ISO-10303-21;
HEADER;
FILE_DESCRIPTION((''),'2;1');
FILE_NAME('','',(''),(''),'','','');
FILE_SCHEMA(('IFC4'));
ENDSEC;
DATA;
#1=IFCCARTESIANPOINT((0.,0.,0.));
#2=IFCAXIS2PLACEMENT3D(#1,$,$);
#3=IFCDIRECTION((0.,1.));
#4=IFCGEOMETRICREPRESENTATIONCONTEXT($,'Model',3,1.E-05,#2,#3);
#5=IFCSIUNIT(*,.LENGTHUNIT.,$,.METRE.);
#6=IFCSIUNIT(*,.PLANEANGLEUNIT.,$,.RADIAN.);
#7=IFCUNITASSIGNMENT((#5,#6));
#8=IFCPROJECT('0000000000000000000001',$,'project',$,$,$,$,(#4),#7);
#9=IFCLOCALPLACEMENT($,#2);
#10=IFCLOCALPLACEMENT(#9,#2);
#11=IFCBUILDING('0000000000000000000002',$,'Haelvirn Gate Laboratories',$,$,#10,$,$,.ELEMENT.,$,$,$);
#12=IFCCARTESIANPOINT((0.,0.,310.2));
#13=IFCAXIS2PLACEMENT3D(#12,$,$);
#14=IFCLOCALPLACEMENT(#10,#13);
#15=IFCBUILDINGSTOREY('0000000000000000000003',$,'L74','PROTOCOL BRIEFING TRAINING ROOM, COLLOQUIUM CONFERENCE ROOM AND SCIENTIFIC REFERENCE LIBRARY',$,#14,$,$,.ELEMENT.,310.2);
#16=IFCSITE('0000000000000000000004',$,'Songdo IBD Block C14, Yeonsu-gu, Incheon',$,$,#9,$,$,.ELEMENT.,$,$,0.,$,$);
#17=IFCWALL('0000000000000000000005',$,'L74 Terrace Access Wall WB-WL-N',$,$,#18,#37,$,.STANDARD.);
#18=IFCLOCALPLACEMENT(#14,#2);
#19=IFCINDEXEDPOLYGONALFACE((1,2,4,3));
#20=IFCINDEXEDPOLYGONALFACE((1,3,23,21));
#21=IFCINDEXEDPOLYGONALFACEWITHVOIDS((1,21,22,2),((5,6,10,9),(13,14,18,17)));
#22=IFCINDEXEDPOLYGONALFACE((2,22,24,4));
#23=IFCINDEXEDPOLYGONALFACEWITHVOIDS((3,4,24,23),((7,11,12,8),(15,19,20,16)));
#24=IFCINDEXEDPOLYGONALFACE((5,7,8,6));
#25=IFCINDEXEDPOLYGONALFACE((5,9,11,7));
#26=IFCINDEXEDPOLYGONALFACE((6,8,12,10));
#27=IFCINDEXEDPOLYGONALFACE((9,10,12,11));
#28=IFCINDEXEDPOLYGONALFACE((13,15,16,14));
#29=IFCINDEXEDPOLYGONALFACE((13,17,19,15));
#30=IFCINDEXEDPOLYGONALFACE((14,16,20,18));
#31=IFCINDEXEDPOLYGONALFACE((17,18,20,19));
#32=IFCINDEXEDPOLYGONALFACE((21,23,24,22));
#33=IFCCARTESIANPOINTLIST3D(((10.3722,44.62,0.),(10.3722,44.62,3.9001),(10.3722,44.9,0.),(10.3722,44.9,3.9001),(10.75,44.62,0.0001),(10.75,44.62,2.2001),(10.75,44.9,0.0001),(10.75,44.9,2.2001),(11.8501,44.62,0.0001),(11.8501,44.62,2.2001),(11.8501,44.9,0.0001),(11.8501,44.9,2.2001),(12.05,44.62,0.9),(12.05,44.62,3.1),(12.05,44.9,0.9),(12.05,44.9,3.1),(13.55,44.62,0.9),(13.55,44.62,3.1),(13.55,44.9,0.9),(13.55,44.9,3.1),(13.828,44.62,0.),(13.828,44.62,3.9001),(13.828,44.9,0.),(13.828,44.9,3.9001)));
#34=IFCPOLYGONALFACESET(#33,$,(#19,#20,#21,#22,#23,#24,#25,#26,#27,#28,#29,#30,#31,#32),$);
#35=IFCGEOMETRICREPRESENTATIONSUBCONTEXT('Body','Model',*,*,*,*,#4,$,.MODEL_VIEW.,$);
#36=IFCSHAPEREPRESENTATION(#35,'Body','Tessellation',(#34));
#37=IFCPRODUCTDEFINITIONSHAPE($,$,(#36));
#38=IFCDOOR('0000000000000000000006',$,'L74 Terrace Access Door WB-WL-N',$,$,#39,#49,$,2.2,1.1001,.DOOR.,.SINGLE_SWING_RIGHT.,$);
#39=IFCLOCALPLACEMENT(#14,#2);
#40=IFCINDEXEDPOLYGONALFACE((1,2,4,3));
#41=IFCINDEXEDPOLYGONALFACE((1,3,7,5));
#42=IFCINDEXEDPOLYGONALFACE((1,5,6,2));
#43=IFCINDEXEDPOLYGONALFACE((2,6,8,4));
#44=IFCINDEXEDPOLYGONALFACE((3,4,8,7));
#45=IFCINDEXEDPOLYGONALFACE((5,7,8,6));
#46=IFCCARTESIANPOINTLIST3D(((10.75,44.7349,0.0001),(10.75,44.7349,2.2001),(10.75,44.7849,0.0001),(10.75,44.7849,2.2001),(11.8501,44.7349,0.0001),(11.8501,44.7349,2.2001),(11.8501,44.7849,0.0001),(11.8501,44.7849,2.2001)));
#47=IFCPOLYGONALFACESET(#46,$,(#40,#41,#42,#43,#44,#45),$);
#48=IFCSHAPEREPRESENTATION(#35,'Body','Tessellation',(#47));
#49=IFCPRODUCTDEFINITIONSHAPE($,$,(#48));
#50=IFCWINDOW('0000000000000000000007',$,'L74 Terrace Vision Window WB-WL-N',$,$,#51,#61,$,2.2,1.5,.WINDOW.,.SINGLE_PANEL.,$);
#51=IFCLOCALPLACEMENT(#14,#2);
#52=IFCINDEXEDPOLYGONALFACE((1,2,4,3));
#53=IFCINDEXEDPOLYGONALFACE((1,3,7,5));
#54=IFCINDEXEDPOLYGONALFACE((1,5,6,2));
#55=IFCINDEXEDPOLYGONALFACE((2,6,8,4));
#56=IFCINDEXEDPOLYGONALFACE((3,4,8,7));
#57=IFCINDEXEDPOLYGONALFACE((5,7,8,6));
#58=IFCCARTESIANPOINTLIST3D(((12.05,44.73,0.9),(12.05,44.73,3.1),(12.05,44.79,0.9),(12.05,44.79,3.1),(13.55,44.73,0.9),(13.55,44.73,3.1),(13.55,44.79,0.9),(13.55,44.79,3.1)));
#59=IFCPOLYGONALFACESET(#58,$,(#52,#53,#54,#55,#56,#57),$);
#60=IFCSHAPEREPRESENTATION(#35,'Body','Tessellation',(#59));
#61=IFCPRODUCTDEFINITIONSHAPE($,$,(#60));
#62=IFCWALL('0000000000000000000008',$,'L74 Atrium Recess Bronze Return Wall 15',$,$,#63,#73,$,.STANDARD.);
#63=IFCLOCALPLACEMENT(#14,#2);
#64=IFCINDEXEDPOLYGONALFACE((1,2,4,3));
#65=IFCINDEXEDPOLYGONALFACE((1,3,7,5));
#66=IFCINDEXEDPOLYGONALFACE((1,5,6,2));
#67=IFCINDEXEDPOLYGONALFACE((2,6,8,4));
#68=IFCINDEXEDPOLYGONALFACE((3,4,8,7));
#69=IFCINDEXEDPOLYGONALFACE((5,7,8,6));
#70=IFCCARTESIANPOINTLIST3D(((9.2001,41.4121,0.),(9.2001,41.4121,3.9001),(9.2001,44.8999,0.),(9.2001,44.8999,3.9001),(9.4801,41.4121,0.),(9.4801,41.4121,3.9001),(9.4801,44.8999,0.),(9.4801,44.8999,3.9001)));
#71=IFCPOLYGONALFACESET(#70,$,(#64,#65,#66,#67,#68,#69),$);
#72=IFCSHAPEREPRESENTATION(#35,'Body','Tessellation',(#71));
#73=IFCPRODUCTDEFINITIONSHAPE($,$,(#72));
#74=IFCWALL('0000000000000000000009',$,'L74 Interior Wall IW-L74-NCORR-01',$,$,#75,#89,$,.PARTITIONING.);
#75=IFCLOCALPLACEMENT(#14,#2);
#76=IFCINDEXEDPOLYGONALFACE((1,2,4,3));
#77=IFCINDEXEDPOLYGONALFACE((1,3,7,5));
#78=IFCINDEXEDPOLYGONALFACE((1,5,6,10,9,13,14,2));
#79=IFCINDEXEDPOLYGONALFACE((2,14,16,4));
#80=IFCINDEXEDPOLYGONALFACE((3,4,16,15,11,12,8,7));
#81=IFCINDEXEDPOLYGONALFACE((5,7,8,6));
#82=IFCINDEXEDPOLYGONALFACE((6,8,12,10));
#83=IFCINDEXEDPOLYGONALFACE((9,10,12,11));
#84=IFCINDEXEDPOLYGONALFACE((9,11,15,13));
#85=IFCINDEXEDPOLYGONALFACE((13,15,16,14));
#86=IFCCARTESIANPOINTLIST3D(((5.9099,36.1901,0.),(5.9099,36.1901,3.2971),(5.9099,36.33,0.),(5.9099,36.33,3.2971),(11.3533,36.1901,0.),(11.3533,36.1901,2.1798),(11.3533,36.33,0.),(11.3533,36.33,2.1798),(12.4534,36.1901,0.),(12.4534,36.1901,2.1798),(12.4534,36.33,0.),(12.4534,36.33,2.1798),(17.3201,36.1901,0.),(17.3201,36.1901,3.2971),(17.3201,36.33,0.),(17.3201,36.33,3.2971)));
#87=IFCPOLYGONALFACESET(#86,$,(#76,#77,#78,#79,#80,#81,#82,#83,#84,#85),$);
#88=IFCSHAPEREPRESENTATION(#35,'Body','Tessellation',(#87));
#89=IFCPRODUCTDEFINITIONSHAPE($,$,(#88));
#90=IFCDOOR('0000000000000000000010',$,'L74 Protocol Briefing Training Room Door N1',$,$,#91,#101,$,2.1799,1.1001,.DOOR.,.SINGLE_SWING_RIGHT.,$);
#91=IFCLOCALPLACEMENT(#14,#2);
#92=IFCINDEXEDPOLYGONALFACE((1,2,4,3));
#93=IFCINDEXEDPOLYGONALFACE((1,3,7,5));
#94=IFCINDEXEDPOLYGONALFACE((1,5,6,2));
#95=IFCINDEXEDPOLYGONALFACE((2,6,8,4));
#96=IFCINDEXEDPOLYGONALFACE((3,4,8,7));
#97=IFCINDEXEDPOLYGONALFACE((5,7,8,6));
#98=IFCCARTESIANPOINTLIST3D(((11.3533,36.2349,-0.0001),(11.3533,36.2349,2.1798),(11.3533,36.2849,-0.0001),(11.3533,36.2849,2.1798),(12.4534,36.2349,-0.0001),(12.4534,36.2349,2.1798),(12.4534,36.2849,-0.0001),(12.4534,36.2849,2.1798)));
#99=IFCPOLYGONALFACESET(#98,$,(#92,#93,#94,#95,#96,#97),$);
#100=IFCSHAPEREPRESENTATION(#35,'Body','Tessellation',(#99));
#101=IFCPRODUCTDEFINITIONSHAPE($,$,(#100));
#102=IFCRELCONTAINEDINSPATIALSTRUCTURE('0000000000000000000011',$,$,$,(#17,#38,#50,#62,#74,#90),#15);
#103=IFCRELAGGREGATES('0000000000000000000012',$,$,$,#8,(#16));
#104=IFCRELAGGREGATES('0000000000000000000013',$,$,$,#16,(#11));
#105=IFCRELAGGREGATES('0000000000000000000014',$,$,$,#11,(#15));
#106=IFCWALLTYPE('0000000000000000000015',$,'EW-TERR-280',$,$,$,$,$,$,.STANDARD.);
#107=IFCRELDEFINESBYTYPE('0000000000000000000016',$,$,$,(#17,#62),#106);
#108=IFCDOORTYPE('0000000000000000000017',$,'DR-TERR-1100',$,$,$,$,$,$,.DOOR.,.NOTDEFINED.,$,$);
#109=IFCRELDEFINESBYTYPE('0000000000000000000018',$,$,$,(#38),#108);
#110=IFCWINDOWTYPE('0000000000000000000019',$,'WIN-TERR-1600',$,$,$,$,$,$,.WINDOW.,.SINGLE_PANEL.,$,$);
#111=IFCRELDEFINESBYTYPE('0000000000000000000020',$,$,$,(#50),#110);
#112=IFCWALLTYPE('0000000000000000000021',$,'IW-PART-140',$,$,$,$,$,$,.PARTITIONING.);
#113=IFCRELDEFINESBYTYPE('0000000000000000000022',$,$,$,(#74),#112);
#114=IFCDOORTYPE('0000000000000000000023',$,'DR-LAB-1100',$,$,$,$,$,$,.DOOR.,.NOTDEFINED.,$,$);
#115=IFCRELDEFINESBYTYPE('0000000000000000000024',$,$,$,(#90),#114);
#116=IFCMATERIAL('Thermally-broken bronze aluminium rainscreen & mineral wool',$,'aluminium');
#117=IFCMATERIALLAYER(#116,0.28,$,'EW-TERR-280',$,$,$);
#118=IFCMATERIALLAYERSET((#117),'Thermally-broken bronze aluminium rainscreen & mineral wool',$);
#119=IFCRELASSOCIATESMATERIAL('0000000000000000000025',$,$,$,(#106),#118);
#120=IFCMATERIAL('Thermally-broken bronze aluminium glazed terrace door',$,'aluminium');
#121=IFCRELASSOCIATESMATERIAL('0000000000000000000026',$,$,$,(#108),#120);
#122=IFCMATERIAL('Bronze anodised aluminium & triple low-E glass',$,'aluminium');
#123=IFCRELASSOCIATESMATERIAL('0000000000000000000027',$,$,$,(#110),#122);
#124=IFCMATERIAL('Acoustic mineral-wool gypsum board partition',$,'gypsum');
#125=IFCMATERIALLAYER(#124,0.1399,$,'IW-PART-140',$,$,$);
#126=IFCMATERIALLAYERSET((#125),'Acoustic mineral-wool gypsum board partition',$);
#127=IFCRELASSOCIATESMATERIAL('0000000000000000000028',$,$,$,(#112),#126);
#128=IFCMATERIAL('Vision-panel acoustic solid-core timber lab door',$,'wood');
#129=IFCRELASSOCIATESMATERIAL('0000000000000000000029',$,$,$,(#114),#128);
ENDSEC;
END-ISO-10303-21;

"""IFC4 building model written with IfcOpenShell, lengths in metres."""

from ifc_helpers import new_model, si_unit, direction, frame, frame_2d, origin, place, context, subcontext, project, spatial, rectangle, extrude, source, transform, mapped, material, layer, layer_set, type_object, type_shapes, element, fill, save


model = new_model("IFC4")

# Units and contexts
model_context = context("Model", 3, precision=1e-05, world=origin(), true_north=direction((0.0, 1.0)))
body_context = subcontext(model_context, "Body", "Model", "MODEL_VIEW")
ifc_project = project(units=[si_unit("LENGTHUNIT", "METRE"), si_unit("PLANEANGLEUNIT", "RADIAN")], contexts=[model_context])

# Site, building, storey
site_placement = place(None, origin())
site = spatial("IfcSite", under=ifc_project, at=site_placement, Name="Songdo IBD Block C14, Yeonsu-gu, Incheon", CompositionType="ELEMENT", RefElevation=0.0)
building_placement = place(site_placement, origin())
building = spatial("IfcBuilding", under=site, at=building_placement, Name="Haelvirn Gate Laboratories", CompositionType="ELEMENT")
storey_placement = place(building_placement, frame((0.0, 0.0, 310.2)))
storey = spatial("IfcBuildingStorey", under=building, at=storey_placement, Name="L74", Description="PROTOCOL BRIEFING TRAINING ROOM, COLLOQUIUM CONFERENCE ROOM AND SCIENTIFIC REFERENCE LIBRARY", CompositionType="ELEMENT", Elevation=310.2)

# Wall, openings, door, window
ifc_material_1 = material(Name="Thermally-broken bronze aluminium rainscreen & mineral wool", Category="aluminium")
ifc_layer_1 = layer(ifc_material_1, 0.28, Name="EW-TERR-280")
ifc_layer_set_1 = layer_set([ifc_layer_1], Name="Thermally-broken bronze aluminium rainscreen & mineral wool")
wall_type_1 = type_object("IfcWallType", Name="EW-TERR-280", PredefinedType="STANDARD", material=ifc_layer_set_1)
wall_1_placement = place(storey_placement, frame((10.3721, 44.76, 0.0), z_axis=(0.0, 0.0, 1.0), x_axis=(1.0, 0.0, 0.0)))
wall_1 = element("IfcWall", 1, at=wall_1_placement, inside=storey, type_object=wall_type_1, Name="L74 Terrace Access Wall WB-WL-N", PredefinedType="STANDARD", context=body_context, shape_type="SweptSolid", body=[
    extrude(rectangle(XDim=3.4558, YDim=0.28, at=frame_2d((1.728, 0.0))), origin(), (0.0, 0.0, 1.0), 3.9001),
])
opening_1_placement = place(wall_1_placement, frame((0.3779, 0.0, 0.0)))
opening_1 = element("IfcOpeningElement", 2, at=opening_1_placement, cuts=wall_1, PredefinedType="OPENING", context=body_context, shape_type="SweptSolid", body=[
    extrude(rectangle(XDim=1.1001, YDim=2.2, at=frame_2d((0.55, 1.1001))), frame((0.0, 0.1499, 0.0), z_axis=(0.0, -1.0, 0.0), x_axis=(1.0, 0.0, 0.0)), (0.0, 0.0, 1.0), 0.3),
])
opening_2_placement = place(wall_1_placement, frame((1.678, 0.0, 0.8999)))
opening_2 = element("IfcOpeningElement", 3, at=opening_2_placement, cuts=wall_1, PredefinedType="OPENING", context=body_context, shape_type="SweptSolid", body=[
    extrude(rectangle(XDim=1.5, YDim=2.2, at=frame_2d((0.75, 1.1001))), frame((0.0, 0.1499, 0.0), z_axis=(0.0, -1.0, 0.0), x_axis=(1.0, 0.0, 0.0)), (0.0, 0.0, 1.0), 0.3),
])
ifc_material_2 = material(Name="Thermally-broken bronze aluminium glazed terrace door", Category="aluminium")
door_type_1 = type_object("IfcDoorType", Name="DR-TERR-1100", OperationType="NOTDEFINED", PredefinedType="DOOR", material=ifc_material_2)
shared_shape_1 = source(origin(), body_context, "Body", "SweptSolid", [
    extrude(rectangle(XDim=1.1001, YDim=2.2, at=frame_2d((0.55, 1.1001))), frame((0.0, 0.0249, 0.0), z_axis=(0.0, -1.0, 0.0), x_axis=(1.0, 0.0, 0.0)), (0.0, 0.0, 1.0), 0.05),
])
type_shapes(door_type_1, [shared_shape_1])
door_1_placement = place(opening_1_placement, origin())
door_1 = element("IfcDoor", 4, at=door_1_placement, inside=storey, type_object=door_type_1, Name="L74 Terrace Access Door WB-WL-N", OperationType="SINGLE_SWING_RIGHT", OverallHeight=2.2, OverallWidth=1.1001, PredefinedType="DOOR", context=body_context, shape_type="MappedRepresentation", body=[
    mapped(shared_shape_1, transform((0.0, 0.0, 0.0), scale=1.0)),
])
fill(opening_1, door_1)
ifc_material_3 = material(Name="Bronze anodised aluminium & triple low-E glass", Category="aluminium")
window_type = type_object("IfcWindowType", Name="WIN-TERR-1600", PartitioningType="SINGLE_PANEL", PredefinedType="WINDOW", material=ifc_material_3)
shared_shape_2 = source(origin(), body_context, "Body", "SweptSolid", [
    extrude(rectangle(XDim=1.5, YDim=2.2, at=frame_2d((0.75, 1.1001))), frame((0.0, 0.03, 0.0), z_axis=(0.0, -1.0, 0.0), x_axis=(1.0, 0.0, 0.0)), (0.0, 0.0, 1.0), 0.0601),
])
type_shapes(window_type, [shared_shape_2])
window_placement = place(opening_2_placement, origin())
window = element("IfcWindow", 5, at=window_placement, inside=storey, type_object=window_type, Name="L74 Terrace Vision Window WB-WL-N", OverallHeight=2.2, OverallWidth=1.5, PartitioningType="SINGLE_PANEL", PredefinedType="WINDOW", context=body_context, shape_type="MappedRepresentation", body=[
    mapped(shared_shape_2, transform((0.0, 0.0, 0.0), scale=1.0)),
])
fill(opening_2, window)

# Wall
wall_2_placement = place(storey_placement, frame((9.3401, 44.8999, 0.0), z_axis=(0.0, 0.0, 1.0), x_axis=(0.0, -1.0, 0.0)))
element("IfcWall", 6, at=wall_2_placement, inside=storey, type_object=wall_type_1, Name="L74 Atrium Recess Bronze Return Wall 15", PredefinedType="STANDARD", context=body_context, shape_type="SweptSolid", body=[
    extrude(rectangle(XDim=3.4878, YDim=0.28, at=frame_2d((1.7439, 0.0))), origin(), (0.0, 0.0, 1.0), 3.9001),
])

# Wall, opening, door
ifc_material_4 = material(Name="Acoustic mineral-wool gypsum board partition", Category="gypsum")
ifc_layer_2 = layer(ifc_material_4, 0.1399, Name="IW-PART-140")
ifc_layer_set_2 = layer_set([ifc_layer_2], Name="Acoustic mineral-wool gypsum board partition")
wall_type_2 = type_object("IfcWallType", Name="IW-PART-140", PredefinedType="PARTITIONING", material=ifc_layer_set_2)
wall_3_placement = place(storey_placement, frame((5.9099, 36.26, 0.0), z_axis=(0.0, 0.0, 1.0), x_axis=(1.0, 0.0, 0.0)))
wall_3 = element("IfcWall", 7, at=wall_3_placement, inside=storey, type_object=wall_type_2, Name="L74 Interior Wall IW-L74-NCORR-01", PredefinedType="PARTITIONING", context=body_context, shape_type="SweptSolid", body=[
    extrude(rectangle(XDim=11.4102, YDim=0.1399, at=frame_2d((5.7051, 0.0))), origin(), (0.0, 0.0, 1.0), 3.2971),
])
opening_3_placement = place(wall_3_placement, frame((5.4434, 0.0, 0.0)))
opening_3 = element("IfcOpeningElement", 8, at=opening_3_placement, cuts=wall_3, PredefinedType="OPENING", context=body_context, shape_type="SweptSolid", body=[
    extrude(rectangle(XDim=1.1001, YDim=2.1799, at=frame_2d((0.55, 1.0898))), frame((0.0, 0.0801, 0.0), z_axis=(0.0, -1.0, 0.0), x_axis=(1.0, 0.0, 0.0)), (0.0, 0.0, 1.0), 0.1599),
])
ifc_material_5 = material(Name="Vision-panel acoustic solid-core timber lab door", Category="wood")
door_type_2 = type_object("IfcDoorType", Name="DR-LAB-1100", OperationType="NOTDEFINED", PredefinedType="DOOR", material=ifc_material_5)
shared_shape_3 = source(origin(), body_context, "Body", "SweptSolid", [
    extrude(rectangle(XDim=1.1001, YDim=2.1799, at=frame_2d((0.55, 1.0898))), frame((0.0, 0.0249, 0.0), z_axis=(0.0, -1.0, 0.0), x_axis=(1.0, 0.0, 0.0)), (0.0, 0.0, 1.0), 0.05),
])
type_shapes(door_type_2, [shared_shape_3])
door_2_placement = place(opening_3_placement, origin())
door_2 = element("IfcDoor", 9, at=door_2_placement, inside=storey, type_object=door_type_2, Name="L74 Protocol Briefing Training Room Door N1", OperationType="SINGLE_SWING_RIGHT", OverallHeight=2.1799, OverallWidth=1.1001, PredefinedType="DOOR", context=body_context, shape_type="MappedRepresentation", body=[
    mapped(shared_shape_3, transform((0.0, 0.0, 0.0), scale=1.0)),
])
fill(opening_3, door_2)

save(model, "model.ifc")
